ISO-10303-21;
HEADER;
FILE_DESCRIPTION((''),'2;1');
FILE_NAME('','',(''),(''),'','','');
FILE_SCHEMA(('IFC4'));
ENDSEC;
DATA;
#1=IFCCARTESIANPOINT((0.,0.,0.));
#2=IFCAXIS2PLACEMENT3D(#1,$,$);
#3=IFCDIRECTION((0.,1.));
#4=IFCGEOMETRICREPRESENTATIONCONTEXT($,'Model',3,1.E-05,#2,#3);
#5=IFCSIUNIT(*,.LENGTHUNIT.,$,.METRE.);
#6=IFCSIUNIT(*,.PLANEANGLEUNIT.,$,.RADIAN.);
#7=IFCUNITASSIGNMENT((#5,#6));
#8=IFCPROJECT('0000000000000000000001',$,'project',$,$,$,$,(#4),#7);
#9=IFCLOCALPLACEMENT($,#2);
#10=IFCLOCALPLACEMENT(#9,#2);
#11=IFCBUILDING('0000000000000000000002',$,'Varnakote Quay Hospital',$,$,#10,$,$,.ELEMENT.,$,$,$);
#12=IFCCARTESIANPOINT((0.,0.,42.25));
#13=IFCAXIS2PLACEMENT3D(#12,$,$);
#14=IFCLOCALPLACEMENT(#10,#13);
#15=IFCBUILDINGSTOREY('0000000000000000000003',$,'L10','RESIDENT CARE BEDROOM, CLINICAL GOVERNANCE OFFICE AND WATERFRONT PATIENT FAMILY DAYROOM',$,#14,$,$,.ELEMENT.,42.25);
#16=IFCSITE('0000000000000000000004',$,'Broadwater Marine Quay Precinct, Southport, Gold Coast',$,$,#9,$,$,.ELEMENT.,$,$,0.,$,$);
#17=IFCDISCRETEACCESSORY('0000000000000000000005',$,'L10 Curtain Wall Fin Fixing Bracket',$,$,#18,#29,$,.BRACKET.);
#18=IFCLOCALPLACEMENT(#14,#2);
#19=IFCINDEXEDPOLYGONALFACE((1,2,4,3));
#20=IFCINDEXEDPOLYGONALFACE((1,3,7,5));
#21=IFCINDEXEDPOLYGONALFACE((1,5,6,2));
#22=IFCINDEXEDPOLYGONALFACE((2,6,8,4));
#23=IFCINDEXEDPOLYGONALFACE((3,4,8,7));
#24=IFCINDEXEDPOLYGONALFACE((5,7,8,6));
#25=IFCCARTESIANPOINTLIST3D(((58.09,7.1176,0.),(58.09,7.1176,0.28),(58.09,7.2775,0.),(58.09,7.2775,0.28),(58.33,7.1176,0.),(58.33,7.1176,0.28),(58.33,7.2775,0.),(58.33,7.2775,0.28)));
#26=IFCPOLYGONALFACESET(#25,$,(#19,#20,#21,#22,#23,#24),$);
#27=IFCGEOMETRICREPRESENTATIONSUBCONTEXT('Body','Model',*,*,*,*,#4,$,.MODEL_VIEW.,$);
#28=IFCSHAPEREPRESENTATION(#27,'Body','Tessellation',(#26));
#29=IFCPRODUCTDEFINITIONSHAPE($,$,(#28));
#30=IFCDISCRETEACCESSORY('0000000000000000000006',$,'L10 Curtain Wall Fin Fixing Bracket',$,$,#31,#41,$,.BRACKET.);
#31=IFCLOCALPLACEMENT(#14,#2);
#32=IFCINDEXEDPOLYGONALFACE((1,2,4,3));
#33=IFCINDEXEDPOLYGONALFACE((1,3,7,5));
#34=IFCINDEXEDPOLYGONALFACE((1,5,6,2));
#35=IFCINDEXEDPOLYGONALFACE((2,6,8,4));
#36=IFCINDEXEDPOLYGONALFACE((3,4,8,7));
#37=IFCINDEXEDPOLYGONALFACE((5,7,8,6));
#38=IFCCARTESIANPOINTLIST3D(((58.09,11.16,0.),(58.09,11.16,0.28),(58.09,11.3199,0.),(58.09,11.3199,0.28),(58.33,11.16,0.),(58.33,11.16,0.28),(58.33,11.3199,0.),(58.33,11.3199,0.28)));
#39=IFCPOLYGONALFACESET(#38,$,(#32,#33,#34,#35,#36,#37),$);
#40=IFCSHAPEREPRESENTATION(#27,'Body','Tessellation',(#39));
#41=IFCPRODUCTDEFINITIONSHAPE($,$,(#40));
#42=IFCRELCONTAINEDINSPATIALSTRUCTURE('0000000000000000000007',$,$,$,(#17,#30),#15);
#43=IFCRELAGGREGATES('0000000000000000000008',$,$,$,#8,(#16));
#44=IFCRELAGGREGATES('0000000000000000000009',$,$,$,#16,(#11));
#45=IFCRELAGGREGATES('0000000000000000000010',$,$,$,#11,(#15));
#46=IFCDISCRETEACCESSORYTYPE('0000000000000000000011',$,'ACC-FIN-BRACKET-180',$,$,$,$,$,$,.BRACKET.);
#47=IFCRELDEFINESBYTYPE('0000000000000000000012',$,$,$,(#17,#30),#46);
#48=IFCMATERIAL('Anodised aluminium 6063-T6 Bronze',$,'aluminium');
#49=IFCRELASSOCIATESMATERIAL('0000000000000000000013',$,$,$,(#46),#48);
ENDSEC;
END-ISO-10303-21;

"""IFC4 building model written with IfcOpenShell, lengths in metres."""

from ifc_helpers import new_model, si_unit, direction, frame, origin, origin_2d, place, context, subcontext, project, spatial, rectangle, extrude, material, type_object, element, save


model = new_model("IFC4")

# Units and contexts
model_context = context("Model", 3, precision=1e-05, world=origin(), true_north=direction((0.0, 1.0)))
body_context = subcontext(model_context, "Body", "Model", "MODEL_VIEW")
ifc_project = project(units=[si_unit("LENGTHUNIT", "METRE"), si_unit("PLANEANGLEUNIT", "RADIAN")], contexts=[model_context])

# Site, building, storey
site_placement = place(None, origin())
site = spatial("IfcSite", under=ifc_project, at=site_placement, Name="Broadwater Marine Quay Precinct, Southport, Gold Coast", CompositionType="ELEMENT", RefElevation=0.0)
building_placement = place(site_placement, origin())
building = spatial("IfcBuilding", under=site, at=building_placement, Name="Varnakote Quay Hospital", CompositionType="ELEMENT")
storey_placement = place(building_placement, frame((0.0, 0.0, 42.25)))
storey = spatial("IfcBuildingStorey", under=building, at=storey_placement, Name="L10", Description="RESIDENT CARE BEDROOM, CLINICAL GOVERNANCE OFFICE AND WATERFRONT PATIENT FAMILY DAYROOM", CompositionType="ELEMENT", Elevation=42.25)

# Discrete accessories
ifc_material_1 = material(Name="Anodised aluminium 6063-T6 Bronze", Category="aluminium")
discrete_accessory_type = type_object("IfcDiscreteAccessoryType", Name="ACC-FIN-BRACKET-180", PredefinedType="BRACKET", material=ifc_material_1)
for number, where, z_axis, x_axis, name in (
    (1, (58.21, 7.1975, 0.0), (0.0, 0.0, 1.0), (0.0, 1.0, 0.0), "L10 Curtain Wall Fin Fixing Bracket"),
    (2, (58.21, 11.24, 0.0), (0.0, 0.0, 1.0), (0.0, 1.0, 0.0), "L10 Curtain Wall Fin Fixing Bracket"),
):
    element("IfcDiscreteAccessory", number, at=place(storey_placement, frame(where, z_axis=z_axis, x_axis=x_axis)), inside=storey, type_object=discrete_accessory_type, Name=name, PredefinedType="BRACKET", context=body_context, shape_type="SweptSolid", body=[
        extrude(rectangle(XDim=0.1599, YDim=0.24, at=origin_2d()), origin(), (0.0, 0.0, 1.0), 0.28),
    ])

save(model, "model.ifc")
